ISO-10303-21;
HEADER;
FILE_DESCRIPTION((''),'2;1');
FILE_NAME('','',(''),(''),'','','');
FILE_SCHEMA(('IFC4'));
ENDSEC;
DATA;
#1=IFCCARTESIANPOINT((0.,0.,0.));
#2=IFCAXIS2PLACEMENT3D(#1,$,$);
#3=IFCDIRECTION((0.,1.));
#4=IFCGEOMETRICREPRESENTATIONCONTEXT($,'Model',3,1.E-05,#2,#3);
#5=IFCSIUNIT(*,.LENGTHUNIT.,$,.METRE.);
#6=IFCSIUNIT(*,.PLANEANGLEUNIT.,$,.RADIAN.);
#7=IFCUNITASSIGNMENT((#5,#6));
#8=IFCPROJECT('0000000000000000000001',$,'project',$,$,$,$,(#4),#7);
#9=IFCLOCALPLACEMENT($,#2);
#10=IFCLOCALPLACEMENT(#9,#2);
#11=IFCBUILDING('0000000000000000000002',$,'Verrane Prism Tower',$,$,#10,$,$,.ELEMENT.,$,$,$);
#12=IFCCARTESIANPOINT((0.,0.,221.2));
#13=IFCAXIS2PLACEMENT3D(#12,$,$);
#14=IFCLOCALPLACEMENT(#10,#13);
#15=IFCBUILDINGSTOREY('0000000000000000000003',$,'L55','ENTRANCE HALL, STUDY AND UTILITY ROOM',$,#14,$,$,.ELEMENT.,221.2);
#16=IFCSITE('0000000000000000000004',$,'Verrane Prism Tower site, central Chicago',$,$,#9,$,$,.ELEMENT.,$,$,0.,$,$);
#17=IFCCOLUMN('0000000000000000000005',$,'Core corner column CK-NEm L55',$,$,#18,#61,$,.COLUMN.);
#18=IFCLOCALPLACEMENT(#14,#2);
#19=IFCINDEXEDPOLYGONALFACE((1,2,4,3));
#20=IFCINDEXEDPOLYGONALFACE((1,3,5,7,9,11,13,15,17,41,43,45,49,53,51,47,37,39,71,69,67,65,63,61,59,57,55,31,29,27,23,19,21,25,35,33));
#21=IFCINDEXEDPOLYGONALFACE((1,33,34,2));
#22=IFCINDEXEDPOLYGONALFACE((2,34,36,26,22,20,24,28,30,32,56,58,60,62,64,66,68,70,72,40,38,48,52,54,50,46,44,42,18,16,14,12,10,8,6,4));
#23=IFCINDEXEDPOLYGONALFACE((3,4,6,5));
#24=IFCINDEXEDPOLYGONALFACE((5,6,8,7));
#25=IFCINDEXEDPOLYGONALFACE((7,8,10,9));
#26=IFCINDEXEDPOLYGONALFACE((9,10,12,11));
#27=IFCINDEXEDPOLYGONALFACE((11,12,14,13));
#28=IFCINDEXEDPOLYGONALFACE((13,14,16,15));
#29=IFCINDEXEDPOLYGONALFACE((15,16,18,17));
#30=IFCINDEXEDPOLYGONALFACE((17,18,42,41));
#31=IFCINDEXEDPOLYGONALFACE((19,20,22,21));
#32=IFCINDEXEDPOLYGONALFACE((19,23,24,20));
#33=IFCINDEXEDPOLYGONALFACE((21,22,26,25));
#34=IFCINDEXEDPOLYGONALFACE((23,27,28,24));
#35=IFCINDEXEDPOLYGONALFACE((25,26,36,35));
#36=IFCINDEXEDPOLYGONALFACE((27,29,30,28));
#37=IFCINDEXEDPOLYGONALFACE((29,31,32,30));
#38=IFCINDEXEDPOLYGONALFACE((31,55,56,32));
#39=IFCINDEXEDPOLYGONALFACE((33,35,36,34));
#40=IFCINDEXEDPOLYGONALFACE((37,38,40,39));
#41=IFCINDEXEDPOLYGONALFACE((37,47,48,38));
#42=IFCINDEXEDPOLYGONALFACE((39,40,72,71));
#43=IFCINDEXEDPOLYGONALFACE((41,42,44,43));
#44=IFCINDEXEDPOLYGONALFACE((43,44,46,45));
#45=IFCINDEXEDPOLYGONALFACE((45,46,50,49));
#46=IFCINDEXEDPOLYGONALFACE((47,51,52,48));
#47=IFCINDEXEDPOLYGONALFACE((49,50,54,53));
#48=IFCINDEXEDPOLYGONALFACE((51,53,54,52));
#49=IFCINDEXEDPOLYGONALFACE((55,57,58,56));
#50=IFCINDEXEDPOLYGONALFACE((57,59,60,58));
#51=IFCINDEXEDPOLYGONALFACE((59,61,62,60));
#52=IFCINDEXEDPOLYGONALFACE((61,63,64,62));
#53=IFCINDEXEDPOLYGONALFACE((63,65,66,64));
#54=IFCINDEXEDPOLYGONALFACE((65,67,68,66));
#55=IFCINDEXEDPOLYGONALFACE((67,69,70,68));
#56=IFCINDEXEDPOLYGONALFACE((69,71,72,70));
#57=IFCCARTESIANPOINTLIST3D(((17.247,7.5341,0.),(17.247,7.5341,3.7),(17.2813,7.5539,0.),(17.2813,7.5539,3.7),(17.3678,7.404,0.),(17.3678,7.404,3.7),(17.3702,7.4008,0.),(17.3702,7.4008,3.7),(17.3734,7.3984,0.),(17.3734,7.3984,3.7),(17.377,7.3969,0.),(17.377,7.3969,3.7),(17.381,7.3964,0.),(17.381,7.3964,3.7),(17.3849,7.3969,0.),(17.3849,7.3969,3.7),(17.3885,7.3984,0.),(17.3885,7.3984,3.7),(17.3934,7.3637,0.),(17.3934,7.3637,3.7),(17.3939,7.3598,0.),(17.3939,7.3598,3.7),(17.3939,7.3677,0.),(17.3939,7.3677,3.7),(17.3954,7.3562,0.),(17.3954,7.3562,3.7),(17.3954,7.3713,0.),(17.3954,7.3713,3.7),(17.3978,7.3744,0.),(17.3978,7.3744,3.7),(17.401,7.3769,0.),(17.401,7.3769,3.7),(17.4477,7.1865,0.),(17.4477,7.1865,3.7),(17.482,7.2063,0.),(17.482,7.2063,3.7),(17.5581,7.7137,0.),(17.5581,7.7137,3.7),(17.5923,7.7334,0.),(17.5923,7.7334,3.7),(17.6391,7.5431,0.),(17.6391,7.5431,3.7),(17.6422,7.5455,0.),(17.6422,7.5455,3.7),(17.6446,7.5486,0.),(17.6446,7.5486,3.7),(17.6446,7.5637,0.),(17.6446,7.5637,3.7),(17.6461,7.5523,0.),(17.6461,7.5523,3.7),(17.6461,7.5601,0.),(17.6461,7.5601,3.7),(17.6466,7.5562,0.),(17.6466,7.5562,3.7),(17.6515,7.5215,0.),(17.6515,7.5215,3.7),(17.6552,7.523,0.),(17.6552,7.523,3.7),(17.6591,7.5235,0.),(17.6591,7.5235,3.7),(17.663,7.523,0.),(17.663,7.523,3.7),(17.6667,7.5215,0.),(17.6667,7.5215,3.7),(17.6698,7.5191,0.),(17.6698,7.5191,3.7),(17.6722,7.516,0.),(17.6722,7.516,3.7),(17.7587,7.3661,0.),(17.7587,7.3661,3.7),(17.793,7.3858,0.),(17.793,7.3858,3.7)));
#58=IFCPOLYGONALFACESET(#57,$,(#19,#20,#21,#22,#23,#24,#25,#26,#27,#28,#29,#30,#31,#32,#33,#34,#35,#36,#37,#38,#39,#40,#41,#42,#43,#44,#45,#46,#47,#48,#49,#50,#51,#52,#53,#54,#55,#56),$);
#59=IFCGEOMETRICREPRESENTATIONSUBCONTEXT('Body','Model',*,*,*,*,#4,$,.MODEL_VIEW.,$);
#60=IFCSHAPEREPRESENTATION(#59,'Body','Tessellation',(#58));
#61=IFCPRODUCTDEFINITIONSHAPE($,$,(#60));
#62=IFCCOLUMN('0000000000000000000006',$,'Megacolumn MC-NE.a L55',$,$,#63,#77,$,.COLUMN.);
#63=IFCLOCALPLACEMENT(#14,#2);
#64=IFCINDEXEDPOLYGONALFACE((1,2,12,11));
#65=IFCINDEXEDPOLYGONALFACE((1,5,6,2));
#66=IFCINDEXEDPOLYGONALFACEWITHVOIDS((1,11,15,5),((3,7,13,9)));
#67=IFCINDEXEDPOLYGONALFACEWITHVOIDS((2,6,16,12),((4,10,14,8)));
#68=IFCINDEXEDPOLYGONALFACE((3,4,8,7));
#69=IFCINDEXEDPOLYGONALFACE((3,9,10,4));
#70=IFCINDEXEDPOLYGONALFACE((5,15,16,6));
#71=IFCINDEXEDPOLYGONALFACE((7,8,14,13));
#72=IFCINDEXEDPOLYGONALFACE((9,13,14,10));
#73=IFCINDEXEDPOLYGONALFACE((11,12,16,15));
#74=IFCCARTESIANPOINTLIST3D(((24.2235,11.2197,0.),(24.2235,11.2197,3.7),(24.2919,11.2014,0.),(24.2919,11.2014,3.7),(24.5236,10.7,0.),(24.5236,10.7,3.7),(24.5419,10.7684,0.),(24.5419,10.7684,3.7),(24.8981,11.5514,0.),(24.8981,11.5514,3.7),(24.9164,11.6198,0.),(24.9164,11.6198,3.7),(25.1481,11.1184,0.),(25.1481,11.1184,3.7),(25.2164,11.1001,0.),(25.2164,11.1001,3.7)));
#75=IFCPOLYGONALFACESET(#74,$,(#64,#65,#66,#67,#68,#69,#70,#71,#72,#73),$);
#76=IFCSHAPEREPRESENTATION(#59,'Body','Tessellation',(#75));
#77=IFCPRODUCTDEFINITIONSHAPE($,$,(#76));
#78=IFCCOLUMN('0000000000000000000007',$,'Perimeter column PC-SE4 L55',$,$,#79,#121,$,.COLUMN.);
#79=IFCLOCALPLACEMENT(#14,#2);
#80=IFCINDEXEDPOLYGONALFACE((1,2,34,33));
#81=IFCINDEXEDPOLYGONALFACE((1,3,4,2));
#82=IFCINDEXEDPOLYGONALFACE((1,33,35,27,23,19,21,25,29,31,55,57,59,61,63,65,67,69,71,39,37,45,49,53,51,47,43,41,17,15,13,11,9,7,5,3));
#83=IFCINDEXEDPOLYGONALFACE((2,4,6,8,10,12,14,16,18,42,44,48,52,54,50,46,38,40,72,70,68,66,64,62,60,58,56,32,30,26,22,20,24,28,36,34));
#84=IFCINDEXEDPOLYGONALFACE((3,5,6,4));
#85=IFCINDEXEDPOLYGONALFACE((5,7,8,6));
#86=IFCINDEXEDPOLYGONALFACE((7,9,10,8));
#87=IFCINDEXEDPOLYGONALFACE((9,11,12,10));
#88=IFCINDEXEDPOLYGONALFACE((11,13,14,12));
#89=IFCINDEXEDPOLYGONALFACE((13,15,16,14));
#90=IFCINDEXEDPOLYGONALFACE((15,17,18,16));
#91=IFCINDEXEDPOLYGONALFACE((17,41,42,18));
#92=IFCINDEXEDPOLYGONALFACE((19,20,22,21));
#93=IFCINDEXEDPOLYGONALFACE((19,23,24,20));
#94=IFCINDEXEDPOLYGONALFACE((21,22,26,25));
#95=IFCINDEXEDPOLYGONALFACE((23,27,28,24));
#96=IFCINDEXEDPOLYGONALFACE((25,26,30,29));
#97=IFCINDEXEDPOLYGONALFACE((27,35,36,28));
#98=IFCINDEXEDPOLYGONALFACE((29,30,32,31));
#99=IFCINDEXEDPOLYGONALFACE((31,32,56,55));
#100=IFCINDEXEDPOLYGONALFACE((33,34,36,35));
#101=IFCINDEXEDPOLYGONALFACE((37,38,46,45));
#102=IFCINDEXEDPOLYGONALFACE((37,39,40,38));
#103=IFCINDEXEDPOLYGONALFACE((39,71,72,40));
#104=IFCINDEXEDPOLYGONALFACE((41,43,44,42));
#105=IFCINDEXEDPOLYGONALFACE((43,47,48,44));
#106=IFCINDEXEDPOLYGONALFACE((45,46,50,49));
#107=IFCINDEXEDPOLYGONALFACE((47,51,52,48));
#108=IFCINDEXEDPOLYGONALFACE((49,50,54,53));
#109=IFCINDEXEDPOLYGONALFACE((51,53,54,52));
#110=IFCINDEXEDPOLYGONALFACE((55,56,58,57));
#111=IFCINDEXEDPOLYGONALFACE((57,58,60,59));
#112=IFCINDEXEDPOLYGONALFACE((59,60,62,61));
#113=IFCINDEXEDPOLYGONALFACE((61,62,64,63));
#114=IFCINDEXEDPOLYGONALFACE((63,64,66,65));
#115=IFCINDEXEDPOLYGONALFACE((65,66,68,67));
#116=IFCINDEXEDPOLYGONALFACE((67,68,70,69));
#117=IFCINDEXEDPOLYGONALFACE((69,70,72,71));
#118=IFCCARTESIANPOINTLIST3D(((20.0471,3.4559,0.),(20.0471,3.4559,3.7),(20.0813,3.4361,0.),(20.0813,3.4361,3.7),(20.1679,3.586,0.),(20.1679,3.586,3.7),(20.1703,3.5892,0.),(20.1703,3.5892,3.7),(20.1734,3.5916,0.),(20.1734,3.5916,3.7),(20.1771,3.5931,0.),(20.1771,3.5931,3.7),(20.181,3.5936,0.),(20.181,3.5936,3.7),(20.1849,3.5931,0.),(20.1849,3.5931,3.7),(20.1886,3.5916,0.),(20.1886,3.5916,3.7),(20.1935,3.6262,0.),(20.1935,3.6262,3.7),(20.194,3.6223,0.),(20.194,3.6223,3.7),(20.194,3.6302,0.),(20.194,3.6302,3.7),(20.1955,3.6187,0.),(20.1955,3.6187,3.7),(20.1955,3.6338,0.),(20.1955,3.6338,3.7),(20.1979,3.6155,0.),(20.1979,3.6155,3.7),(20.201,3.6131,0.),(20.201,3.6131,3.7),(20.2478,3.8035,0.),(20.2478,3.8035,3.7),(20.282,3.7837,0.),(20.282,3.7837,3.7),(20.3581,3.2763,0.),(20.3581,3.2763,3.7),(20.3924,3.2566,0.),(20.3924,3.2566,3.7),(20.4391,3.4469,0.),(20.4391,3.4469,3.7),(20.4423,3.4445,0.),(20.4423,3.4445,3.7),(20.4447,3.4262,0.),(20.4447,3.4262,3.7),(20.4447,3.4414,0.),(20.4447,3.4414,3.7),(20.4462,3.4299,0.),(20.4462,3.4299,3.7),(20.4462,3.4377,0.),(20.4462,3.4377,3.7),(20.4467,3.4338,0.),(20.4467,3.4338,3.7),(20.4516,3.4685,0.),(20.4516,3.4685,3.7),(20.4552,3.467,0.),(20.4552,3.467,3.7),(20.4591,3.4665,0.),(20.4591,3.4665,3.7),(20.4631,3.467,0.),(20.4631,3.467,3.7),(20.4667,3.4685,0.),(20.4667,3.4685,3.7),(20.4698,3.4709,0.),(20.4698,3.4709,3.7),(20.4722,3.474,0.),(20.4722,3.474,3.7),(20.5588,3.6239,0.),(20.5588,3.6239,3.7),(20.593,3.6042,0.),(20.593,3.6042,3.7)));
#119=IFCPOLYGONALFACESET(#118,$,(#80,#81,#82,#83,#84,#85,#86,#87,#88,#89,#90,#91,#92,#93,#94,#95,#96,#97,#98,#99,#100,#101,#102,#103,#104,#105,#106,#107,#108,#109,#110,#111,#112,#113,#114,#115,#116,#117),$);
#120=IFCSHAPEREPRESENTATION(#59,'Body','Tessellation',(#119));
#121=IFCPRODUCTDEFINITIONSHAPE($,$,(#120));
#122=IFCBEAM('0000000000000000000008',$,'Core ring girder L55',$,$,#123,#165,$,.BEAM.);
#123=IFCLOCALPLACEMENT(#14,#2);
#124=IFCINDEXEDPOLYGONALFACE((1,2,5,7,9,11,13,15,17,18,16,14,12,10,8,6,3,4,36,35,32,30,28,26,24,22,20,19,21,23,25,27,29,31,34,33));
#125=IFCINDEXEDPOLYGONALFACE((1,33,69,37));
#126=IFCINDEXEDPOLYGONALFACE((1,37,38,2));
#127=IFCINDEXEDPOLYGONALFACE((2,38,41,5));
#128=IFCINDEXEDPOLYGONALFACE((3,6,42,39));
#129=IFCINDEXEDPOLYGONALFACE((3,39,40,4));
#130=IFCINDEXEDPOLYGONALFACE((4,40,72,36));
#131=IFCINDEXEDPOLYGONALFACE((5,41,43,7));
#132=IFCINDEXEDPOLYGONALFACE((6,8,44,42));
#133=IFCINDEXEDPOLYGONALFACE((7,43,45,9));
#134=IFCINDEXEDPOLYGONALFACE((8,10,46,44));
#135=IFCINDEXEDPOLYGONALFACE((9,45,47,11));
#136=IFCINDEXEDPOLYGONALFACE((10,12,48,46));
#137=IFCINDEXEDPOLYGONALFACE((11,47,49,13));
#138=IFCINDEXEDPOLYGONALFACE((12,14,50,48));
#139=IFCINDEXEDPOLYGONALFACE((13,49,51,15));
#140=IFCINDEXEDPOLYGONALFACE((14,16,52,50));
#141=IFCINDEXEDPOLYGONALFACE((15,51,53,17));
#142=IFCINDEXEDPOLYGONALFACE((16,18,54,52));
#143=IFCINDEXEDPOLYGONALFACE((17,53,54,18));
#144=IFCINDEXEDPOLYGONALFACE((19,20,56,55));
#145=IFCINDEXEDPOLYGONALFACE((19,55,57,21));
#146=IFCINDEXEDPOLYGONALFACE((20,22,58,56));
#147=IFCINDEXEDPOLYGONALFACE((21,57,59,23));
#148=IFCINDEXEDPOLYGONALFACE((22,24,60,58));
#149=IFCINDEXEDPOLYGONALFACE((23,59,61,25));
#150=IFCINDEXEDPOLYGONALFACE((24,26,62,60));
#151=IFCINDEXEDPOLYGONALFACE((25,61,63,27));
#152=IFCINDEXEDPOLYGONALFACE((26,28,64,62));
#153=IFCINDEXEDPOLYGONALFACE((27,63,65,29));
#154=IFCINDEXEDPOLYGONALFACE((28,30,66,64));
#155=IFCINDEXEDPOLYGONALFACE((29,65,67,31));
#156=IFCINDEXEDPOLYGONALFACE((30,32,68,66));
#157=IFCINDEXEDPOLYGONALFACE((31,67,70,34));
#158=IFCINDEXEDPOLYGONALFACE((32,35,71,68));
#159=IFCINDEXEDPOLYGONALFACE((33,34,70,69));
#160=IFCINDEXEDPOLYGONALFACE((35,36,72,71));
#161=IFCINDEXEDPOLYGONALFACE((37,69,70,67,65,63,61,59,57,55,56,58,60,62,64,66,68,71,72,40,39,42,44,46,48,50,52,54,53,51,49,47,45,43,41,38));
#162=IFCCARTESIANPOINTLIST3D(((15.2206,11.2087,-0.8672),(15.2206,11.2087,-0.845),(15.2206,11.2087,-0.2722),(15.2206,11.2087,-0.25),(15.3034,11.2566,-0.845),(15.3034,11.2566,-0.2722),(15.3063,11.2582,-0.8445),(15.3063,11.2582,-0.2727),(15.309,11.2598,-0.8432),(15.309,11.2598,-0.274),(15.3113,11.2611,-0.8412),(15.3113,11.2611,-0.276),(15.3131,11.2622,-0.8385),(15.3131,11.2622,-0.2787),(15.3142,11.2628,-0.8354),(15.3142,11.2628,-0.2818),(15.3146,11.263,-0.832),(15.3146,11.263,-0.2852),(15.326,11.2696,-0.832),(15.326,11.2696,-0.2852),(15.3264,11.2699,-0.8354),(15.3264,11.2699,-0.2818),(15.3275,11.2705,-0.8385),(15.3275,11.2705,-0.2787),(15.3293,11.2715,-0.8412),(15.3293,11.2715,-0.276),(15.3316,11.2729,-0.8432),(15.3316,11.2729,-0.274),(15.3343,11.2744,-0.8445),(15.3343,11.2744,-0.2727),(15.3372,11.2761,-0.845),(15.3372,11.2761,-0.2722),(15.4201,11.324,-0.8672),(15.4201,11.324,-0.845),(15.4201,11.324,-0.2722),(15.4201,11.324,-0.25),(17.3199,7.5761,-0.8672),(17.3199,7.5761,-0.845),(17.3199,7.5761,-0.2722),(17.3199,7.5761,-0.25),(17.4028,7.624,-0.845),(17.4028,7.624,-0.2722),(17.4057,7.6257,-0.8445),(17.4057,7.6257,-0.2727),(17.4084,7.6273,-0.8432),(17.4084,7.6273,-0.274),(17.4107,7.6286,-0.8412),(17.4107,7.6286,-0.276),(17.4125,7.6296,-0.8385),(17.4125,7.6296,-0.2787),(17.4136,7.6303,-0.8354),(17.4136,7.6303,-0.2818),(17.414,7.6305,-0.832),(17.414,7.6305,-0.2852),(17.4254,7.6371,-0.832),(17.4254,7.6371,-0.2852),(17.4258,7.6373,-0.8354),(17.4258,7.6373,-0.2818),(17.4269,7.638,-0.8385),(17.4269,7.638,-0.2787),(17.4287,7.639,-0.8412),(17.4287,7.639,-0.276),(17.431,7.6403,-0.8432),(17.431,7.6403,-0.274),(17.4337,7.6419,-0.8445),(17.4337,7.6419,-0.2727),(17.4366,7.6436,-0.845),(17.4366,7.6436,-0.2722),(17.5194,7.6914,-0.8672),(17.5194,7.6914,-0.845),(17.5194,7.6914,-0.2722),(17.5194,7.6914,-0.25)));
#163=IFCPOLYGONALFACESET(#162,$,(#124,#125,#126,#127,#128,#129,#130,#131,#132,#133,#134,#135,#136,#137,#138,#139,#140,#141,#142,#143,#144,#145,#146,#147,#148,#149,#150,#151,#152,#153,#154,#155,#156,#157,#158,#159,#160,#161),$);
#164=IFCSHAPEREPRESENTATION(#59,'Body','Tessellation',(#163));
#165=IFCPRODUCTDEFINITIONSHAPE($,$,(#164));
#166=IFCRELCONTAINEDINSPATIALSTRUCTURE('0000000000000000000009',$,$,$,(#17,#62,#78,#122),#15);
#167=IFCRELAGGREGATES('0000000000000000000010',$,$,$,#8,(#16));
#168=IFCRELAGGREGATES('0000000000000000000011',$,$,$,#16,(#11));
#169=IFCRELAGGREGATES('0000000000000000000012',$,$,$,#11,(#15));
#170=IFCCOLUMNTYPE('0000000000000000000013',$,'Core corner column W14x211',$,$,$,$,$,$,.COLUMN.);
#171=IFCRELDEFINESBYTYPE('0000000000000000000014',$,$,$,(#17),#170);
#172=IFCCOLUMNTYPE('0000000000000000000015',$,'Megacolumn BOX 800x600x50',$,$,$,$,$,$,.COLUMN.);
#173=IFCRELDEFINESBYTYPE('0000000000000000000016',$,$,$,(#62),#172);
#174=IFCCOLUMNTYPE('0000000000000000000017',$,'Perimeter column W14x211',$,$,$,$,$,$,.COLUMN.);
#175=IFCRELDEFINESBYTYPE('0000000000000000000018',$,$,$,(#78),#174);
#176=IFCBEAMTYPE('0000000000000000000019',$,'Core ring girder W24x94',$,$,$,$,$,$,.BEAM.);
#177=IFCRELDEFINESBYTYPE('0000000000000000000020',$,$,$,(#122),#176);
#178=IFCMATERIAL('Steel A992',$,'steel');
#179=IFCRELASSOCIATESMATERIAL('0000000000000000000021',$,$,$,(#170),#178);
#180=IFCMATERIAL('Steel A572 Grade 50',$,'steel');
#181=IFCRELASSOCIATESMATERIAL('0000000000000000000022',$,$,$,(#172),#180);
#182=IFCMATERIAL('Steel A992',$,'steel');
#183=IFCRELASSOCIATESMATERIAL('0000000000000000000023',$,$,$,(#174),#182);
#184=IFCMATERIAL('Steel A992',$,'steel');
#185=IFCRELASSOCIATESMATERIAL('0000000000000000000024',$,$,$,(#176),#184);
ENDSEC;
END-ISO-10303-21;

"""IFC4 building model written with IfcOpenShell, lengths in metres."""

from ifc_helpers import new_model, si_unit, direction, frame, origin, origin_2d, place, context, subcontext, project, spatial, hollow_rectangle, i_section, extrude, material, material_profile, profile_set, type_object, element, save


model = new_model("IFC4")

# Units and contexts
model_context = context("Model", 3, precision=1e-05, world=origin(), true_north=direction((0.0, 1.0)))
body_context = subcontext(model_context, "Body", "Model", "MODEL_VIEW")
ifc_project = project(units=[si_unit("LENGTHUNIT", "METRE"), si_unit("PLANEANGLEUNIT", "RADIAN")], contexts=[model_context])

# Site, building, storey
site_placement = place(None, origin())
site = spatial("IfcSite", under=ifc_project, at=site_placement, Name="Verrane Prism Tower site, central Chicago", CompositionType="ELEMENT", RefElevation=0.0)
building_placement = place(site_placement, origin())
building = spatial("IfcBuilding", under=site, at=building_placement, Name="Verrane Prism Tower", CompositionType="ELEMENT")
storey_placement = place(building_placement, frame((0.0, 0.0, 221.2)))
storey = spatial("IfcBuildingStorey", under=building, at=storey_placement, Name="L55", Description="ENTRANCE HALL, STUDY AND UTILITY ROOM", CompositionType="ELEMENT", Elevation=221.2)

# Columns
ifc_material_1 = material(Name="Steel A992", Category="steel")
ifc_material_profile_1 = material_profile(ifc_material_1, i_section(OverallWidth=0.4014, OverallDepth=0.3987, WebThickness=0.0249, FlangeThickness=0.0396, FilletRadius=0.0151, at=origin_2d()), Name="W14x211")
ifc_profile_set_1 = profile_set([ifc_material_profile_1], Name="Steel A992")
column_type_1 = type_object("IfcColumnType", Name="Core corner column W14x211", PredefinedType="COLUMN", material=ifc_profile_set_1)
column_1_placement = place(storey_placement, frame((17.52, 7.46, 0.0), z_axis=(0.0, 0.0, 1.0), x_axis=(0.5, -0.866025, 0.0)))
element("IfcColumn", 1, at=column_1_placement, inside=storey, type_object=column_type_1, Name="Core corner column CK-NEm L55", PredefinedType="COLUMN", context=body_context, shape_type="SweptSolid", body=[
    extrude(i_section(OverallWidth=0.4014, OverallDepth=0.3987, WebThickness=0.0249, FlangeThickness=0.0396, FilletRadius=0.0151, at=origin_2d()), origin(), (0.0, 0.0, 1.0), 3.7),
])
ifc_material_2 = material(Name="Steel A572 Grade 50", Category="steel")
ifc_material_profile_2 = material_profile(ifc_material_2, hollow_rectangle(XDim=0.6001, YDim=0.8, WallThickness=0.05, at=origin_2d()), Name="BOX 800x600x50")
ifc_profile_set_2 = profile_set([ifc_material_profile_2], Name="Steel A572 Grade 50")
column_type_2 = type_object("IfcColumnType", Name="Megacolumn BOX 800x600x50", PredefinedType="COLUMN", material=ifc_profile_set_2)
column_2_placement = place(storey_placement, frame((24.72, 11.1599, 0.0), z_axis=(0.0, 0.0, 1.0), x_axis=(0.5, -0.866025, 0.0)))
element("IfcColumn", 2, at=column_2_placement, inside=storey, type_object=column_type_2, Name="Megacolumn MC-NE.a L55", PredefinedType="COLUMN", context=body_context, shape_type="SweptSolid", body=[
    extrude(hollow_rectangle(XDim=0.6001, YDim=0.8, WallThickness=0.05, at=origin_2d()), origin(), (0.0, 0.0, 1.0), 3.7),
])
ifc_material_3 = material(Name="Steel A992", Category="steel")
ifc_material_profile_3 = material_profile(ifc_material_3, i_section(OverallWidth=0.4014, OverallDepth=0.3987, WebThickness=0.0249, FlangeThickness=0.0396, FilletRadius=0.0151, at=origin_2d()), Name="W14x211")
ifc_profile_set_3 = profile_set([ifc_material_profile_3], Name="Steel A992")
column_type_3 = type_object("IfcColumnType", Name="Perimeter column W14x211", PredefinedType="COLUMN", material=ifc_profile_set_3)
column_3_placement = place(storey_placement, frame((20.3201, 3.53, 0.0), z_axis=(0.0, 0.0, 1.0), x_axis=(-0.5, -0.866025, 0.0)))
element("IfcColumn", 3, at=column_3_placement, inside=storey, type_object=column_type_3, Name="Perimeter column PC-SE4 L55", PredefinedType="COLUMN", context=body_context, shape_type="SweptSolid", body=[
    extrude(i_section(OverallWidth=0.4014, OverallDepth=0.3987, WebThickness=0.0249, FlangeThickness=0.0396, FilletRadius=0.0151, at=origin_2d()), origin(), (0.0, 0.0, 1.0), 3.7),
])

# Beam
ifc_material_4 = material(Name="Steel A992", Category="steel")
ifc_material_profile_4 = material_profile(ifc_material_4, i_section(OverallWidth=0.2305, OverallDepth=0.6172, WebThickness=0.0132, FlangeThickness=0.0222, FilletRadius=0.0129, at=origin_2d()), Name="W24x94")
ifc_profile_set_4 = profile_set([ifc_material_profile_4], Name="Steel A992")
beam_type_1 = type_object("IfcBeamType", Name="Core ring girder W24x94", PredefinedType="BEAM", material=ifc_profile_set_4)
beam_1_placement = place(storey_placement, frame((17.4197, 7.6338, -0.5586), z_axis=(-0.500376, 0.865808, 0.0), x_axis=(-0.865808, -0.500376, 0.0)))
element("IfcBeam", 4, at=beam_1_placement, inside=storey, type_object=beam_type_1, Name="Core ring girder L55", PredefinedType="BEAM", context=body_context, shape_type="SweptSolid", body=[
    extrude(i_section(OverallWidth=0.2305, OverallDepth=0.6172, WebThickness=0.0132, FlangeThickness=0.0222, FilletRadius=0.0129, at=origin_2d()), origin(), (0.0, 0.0, 1.0), 4.1956),
])

save(model, "model.ifc")
